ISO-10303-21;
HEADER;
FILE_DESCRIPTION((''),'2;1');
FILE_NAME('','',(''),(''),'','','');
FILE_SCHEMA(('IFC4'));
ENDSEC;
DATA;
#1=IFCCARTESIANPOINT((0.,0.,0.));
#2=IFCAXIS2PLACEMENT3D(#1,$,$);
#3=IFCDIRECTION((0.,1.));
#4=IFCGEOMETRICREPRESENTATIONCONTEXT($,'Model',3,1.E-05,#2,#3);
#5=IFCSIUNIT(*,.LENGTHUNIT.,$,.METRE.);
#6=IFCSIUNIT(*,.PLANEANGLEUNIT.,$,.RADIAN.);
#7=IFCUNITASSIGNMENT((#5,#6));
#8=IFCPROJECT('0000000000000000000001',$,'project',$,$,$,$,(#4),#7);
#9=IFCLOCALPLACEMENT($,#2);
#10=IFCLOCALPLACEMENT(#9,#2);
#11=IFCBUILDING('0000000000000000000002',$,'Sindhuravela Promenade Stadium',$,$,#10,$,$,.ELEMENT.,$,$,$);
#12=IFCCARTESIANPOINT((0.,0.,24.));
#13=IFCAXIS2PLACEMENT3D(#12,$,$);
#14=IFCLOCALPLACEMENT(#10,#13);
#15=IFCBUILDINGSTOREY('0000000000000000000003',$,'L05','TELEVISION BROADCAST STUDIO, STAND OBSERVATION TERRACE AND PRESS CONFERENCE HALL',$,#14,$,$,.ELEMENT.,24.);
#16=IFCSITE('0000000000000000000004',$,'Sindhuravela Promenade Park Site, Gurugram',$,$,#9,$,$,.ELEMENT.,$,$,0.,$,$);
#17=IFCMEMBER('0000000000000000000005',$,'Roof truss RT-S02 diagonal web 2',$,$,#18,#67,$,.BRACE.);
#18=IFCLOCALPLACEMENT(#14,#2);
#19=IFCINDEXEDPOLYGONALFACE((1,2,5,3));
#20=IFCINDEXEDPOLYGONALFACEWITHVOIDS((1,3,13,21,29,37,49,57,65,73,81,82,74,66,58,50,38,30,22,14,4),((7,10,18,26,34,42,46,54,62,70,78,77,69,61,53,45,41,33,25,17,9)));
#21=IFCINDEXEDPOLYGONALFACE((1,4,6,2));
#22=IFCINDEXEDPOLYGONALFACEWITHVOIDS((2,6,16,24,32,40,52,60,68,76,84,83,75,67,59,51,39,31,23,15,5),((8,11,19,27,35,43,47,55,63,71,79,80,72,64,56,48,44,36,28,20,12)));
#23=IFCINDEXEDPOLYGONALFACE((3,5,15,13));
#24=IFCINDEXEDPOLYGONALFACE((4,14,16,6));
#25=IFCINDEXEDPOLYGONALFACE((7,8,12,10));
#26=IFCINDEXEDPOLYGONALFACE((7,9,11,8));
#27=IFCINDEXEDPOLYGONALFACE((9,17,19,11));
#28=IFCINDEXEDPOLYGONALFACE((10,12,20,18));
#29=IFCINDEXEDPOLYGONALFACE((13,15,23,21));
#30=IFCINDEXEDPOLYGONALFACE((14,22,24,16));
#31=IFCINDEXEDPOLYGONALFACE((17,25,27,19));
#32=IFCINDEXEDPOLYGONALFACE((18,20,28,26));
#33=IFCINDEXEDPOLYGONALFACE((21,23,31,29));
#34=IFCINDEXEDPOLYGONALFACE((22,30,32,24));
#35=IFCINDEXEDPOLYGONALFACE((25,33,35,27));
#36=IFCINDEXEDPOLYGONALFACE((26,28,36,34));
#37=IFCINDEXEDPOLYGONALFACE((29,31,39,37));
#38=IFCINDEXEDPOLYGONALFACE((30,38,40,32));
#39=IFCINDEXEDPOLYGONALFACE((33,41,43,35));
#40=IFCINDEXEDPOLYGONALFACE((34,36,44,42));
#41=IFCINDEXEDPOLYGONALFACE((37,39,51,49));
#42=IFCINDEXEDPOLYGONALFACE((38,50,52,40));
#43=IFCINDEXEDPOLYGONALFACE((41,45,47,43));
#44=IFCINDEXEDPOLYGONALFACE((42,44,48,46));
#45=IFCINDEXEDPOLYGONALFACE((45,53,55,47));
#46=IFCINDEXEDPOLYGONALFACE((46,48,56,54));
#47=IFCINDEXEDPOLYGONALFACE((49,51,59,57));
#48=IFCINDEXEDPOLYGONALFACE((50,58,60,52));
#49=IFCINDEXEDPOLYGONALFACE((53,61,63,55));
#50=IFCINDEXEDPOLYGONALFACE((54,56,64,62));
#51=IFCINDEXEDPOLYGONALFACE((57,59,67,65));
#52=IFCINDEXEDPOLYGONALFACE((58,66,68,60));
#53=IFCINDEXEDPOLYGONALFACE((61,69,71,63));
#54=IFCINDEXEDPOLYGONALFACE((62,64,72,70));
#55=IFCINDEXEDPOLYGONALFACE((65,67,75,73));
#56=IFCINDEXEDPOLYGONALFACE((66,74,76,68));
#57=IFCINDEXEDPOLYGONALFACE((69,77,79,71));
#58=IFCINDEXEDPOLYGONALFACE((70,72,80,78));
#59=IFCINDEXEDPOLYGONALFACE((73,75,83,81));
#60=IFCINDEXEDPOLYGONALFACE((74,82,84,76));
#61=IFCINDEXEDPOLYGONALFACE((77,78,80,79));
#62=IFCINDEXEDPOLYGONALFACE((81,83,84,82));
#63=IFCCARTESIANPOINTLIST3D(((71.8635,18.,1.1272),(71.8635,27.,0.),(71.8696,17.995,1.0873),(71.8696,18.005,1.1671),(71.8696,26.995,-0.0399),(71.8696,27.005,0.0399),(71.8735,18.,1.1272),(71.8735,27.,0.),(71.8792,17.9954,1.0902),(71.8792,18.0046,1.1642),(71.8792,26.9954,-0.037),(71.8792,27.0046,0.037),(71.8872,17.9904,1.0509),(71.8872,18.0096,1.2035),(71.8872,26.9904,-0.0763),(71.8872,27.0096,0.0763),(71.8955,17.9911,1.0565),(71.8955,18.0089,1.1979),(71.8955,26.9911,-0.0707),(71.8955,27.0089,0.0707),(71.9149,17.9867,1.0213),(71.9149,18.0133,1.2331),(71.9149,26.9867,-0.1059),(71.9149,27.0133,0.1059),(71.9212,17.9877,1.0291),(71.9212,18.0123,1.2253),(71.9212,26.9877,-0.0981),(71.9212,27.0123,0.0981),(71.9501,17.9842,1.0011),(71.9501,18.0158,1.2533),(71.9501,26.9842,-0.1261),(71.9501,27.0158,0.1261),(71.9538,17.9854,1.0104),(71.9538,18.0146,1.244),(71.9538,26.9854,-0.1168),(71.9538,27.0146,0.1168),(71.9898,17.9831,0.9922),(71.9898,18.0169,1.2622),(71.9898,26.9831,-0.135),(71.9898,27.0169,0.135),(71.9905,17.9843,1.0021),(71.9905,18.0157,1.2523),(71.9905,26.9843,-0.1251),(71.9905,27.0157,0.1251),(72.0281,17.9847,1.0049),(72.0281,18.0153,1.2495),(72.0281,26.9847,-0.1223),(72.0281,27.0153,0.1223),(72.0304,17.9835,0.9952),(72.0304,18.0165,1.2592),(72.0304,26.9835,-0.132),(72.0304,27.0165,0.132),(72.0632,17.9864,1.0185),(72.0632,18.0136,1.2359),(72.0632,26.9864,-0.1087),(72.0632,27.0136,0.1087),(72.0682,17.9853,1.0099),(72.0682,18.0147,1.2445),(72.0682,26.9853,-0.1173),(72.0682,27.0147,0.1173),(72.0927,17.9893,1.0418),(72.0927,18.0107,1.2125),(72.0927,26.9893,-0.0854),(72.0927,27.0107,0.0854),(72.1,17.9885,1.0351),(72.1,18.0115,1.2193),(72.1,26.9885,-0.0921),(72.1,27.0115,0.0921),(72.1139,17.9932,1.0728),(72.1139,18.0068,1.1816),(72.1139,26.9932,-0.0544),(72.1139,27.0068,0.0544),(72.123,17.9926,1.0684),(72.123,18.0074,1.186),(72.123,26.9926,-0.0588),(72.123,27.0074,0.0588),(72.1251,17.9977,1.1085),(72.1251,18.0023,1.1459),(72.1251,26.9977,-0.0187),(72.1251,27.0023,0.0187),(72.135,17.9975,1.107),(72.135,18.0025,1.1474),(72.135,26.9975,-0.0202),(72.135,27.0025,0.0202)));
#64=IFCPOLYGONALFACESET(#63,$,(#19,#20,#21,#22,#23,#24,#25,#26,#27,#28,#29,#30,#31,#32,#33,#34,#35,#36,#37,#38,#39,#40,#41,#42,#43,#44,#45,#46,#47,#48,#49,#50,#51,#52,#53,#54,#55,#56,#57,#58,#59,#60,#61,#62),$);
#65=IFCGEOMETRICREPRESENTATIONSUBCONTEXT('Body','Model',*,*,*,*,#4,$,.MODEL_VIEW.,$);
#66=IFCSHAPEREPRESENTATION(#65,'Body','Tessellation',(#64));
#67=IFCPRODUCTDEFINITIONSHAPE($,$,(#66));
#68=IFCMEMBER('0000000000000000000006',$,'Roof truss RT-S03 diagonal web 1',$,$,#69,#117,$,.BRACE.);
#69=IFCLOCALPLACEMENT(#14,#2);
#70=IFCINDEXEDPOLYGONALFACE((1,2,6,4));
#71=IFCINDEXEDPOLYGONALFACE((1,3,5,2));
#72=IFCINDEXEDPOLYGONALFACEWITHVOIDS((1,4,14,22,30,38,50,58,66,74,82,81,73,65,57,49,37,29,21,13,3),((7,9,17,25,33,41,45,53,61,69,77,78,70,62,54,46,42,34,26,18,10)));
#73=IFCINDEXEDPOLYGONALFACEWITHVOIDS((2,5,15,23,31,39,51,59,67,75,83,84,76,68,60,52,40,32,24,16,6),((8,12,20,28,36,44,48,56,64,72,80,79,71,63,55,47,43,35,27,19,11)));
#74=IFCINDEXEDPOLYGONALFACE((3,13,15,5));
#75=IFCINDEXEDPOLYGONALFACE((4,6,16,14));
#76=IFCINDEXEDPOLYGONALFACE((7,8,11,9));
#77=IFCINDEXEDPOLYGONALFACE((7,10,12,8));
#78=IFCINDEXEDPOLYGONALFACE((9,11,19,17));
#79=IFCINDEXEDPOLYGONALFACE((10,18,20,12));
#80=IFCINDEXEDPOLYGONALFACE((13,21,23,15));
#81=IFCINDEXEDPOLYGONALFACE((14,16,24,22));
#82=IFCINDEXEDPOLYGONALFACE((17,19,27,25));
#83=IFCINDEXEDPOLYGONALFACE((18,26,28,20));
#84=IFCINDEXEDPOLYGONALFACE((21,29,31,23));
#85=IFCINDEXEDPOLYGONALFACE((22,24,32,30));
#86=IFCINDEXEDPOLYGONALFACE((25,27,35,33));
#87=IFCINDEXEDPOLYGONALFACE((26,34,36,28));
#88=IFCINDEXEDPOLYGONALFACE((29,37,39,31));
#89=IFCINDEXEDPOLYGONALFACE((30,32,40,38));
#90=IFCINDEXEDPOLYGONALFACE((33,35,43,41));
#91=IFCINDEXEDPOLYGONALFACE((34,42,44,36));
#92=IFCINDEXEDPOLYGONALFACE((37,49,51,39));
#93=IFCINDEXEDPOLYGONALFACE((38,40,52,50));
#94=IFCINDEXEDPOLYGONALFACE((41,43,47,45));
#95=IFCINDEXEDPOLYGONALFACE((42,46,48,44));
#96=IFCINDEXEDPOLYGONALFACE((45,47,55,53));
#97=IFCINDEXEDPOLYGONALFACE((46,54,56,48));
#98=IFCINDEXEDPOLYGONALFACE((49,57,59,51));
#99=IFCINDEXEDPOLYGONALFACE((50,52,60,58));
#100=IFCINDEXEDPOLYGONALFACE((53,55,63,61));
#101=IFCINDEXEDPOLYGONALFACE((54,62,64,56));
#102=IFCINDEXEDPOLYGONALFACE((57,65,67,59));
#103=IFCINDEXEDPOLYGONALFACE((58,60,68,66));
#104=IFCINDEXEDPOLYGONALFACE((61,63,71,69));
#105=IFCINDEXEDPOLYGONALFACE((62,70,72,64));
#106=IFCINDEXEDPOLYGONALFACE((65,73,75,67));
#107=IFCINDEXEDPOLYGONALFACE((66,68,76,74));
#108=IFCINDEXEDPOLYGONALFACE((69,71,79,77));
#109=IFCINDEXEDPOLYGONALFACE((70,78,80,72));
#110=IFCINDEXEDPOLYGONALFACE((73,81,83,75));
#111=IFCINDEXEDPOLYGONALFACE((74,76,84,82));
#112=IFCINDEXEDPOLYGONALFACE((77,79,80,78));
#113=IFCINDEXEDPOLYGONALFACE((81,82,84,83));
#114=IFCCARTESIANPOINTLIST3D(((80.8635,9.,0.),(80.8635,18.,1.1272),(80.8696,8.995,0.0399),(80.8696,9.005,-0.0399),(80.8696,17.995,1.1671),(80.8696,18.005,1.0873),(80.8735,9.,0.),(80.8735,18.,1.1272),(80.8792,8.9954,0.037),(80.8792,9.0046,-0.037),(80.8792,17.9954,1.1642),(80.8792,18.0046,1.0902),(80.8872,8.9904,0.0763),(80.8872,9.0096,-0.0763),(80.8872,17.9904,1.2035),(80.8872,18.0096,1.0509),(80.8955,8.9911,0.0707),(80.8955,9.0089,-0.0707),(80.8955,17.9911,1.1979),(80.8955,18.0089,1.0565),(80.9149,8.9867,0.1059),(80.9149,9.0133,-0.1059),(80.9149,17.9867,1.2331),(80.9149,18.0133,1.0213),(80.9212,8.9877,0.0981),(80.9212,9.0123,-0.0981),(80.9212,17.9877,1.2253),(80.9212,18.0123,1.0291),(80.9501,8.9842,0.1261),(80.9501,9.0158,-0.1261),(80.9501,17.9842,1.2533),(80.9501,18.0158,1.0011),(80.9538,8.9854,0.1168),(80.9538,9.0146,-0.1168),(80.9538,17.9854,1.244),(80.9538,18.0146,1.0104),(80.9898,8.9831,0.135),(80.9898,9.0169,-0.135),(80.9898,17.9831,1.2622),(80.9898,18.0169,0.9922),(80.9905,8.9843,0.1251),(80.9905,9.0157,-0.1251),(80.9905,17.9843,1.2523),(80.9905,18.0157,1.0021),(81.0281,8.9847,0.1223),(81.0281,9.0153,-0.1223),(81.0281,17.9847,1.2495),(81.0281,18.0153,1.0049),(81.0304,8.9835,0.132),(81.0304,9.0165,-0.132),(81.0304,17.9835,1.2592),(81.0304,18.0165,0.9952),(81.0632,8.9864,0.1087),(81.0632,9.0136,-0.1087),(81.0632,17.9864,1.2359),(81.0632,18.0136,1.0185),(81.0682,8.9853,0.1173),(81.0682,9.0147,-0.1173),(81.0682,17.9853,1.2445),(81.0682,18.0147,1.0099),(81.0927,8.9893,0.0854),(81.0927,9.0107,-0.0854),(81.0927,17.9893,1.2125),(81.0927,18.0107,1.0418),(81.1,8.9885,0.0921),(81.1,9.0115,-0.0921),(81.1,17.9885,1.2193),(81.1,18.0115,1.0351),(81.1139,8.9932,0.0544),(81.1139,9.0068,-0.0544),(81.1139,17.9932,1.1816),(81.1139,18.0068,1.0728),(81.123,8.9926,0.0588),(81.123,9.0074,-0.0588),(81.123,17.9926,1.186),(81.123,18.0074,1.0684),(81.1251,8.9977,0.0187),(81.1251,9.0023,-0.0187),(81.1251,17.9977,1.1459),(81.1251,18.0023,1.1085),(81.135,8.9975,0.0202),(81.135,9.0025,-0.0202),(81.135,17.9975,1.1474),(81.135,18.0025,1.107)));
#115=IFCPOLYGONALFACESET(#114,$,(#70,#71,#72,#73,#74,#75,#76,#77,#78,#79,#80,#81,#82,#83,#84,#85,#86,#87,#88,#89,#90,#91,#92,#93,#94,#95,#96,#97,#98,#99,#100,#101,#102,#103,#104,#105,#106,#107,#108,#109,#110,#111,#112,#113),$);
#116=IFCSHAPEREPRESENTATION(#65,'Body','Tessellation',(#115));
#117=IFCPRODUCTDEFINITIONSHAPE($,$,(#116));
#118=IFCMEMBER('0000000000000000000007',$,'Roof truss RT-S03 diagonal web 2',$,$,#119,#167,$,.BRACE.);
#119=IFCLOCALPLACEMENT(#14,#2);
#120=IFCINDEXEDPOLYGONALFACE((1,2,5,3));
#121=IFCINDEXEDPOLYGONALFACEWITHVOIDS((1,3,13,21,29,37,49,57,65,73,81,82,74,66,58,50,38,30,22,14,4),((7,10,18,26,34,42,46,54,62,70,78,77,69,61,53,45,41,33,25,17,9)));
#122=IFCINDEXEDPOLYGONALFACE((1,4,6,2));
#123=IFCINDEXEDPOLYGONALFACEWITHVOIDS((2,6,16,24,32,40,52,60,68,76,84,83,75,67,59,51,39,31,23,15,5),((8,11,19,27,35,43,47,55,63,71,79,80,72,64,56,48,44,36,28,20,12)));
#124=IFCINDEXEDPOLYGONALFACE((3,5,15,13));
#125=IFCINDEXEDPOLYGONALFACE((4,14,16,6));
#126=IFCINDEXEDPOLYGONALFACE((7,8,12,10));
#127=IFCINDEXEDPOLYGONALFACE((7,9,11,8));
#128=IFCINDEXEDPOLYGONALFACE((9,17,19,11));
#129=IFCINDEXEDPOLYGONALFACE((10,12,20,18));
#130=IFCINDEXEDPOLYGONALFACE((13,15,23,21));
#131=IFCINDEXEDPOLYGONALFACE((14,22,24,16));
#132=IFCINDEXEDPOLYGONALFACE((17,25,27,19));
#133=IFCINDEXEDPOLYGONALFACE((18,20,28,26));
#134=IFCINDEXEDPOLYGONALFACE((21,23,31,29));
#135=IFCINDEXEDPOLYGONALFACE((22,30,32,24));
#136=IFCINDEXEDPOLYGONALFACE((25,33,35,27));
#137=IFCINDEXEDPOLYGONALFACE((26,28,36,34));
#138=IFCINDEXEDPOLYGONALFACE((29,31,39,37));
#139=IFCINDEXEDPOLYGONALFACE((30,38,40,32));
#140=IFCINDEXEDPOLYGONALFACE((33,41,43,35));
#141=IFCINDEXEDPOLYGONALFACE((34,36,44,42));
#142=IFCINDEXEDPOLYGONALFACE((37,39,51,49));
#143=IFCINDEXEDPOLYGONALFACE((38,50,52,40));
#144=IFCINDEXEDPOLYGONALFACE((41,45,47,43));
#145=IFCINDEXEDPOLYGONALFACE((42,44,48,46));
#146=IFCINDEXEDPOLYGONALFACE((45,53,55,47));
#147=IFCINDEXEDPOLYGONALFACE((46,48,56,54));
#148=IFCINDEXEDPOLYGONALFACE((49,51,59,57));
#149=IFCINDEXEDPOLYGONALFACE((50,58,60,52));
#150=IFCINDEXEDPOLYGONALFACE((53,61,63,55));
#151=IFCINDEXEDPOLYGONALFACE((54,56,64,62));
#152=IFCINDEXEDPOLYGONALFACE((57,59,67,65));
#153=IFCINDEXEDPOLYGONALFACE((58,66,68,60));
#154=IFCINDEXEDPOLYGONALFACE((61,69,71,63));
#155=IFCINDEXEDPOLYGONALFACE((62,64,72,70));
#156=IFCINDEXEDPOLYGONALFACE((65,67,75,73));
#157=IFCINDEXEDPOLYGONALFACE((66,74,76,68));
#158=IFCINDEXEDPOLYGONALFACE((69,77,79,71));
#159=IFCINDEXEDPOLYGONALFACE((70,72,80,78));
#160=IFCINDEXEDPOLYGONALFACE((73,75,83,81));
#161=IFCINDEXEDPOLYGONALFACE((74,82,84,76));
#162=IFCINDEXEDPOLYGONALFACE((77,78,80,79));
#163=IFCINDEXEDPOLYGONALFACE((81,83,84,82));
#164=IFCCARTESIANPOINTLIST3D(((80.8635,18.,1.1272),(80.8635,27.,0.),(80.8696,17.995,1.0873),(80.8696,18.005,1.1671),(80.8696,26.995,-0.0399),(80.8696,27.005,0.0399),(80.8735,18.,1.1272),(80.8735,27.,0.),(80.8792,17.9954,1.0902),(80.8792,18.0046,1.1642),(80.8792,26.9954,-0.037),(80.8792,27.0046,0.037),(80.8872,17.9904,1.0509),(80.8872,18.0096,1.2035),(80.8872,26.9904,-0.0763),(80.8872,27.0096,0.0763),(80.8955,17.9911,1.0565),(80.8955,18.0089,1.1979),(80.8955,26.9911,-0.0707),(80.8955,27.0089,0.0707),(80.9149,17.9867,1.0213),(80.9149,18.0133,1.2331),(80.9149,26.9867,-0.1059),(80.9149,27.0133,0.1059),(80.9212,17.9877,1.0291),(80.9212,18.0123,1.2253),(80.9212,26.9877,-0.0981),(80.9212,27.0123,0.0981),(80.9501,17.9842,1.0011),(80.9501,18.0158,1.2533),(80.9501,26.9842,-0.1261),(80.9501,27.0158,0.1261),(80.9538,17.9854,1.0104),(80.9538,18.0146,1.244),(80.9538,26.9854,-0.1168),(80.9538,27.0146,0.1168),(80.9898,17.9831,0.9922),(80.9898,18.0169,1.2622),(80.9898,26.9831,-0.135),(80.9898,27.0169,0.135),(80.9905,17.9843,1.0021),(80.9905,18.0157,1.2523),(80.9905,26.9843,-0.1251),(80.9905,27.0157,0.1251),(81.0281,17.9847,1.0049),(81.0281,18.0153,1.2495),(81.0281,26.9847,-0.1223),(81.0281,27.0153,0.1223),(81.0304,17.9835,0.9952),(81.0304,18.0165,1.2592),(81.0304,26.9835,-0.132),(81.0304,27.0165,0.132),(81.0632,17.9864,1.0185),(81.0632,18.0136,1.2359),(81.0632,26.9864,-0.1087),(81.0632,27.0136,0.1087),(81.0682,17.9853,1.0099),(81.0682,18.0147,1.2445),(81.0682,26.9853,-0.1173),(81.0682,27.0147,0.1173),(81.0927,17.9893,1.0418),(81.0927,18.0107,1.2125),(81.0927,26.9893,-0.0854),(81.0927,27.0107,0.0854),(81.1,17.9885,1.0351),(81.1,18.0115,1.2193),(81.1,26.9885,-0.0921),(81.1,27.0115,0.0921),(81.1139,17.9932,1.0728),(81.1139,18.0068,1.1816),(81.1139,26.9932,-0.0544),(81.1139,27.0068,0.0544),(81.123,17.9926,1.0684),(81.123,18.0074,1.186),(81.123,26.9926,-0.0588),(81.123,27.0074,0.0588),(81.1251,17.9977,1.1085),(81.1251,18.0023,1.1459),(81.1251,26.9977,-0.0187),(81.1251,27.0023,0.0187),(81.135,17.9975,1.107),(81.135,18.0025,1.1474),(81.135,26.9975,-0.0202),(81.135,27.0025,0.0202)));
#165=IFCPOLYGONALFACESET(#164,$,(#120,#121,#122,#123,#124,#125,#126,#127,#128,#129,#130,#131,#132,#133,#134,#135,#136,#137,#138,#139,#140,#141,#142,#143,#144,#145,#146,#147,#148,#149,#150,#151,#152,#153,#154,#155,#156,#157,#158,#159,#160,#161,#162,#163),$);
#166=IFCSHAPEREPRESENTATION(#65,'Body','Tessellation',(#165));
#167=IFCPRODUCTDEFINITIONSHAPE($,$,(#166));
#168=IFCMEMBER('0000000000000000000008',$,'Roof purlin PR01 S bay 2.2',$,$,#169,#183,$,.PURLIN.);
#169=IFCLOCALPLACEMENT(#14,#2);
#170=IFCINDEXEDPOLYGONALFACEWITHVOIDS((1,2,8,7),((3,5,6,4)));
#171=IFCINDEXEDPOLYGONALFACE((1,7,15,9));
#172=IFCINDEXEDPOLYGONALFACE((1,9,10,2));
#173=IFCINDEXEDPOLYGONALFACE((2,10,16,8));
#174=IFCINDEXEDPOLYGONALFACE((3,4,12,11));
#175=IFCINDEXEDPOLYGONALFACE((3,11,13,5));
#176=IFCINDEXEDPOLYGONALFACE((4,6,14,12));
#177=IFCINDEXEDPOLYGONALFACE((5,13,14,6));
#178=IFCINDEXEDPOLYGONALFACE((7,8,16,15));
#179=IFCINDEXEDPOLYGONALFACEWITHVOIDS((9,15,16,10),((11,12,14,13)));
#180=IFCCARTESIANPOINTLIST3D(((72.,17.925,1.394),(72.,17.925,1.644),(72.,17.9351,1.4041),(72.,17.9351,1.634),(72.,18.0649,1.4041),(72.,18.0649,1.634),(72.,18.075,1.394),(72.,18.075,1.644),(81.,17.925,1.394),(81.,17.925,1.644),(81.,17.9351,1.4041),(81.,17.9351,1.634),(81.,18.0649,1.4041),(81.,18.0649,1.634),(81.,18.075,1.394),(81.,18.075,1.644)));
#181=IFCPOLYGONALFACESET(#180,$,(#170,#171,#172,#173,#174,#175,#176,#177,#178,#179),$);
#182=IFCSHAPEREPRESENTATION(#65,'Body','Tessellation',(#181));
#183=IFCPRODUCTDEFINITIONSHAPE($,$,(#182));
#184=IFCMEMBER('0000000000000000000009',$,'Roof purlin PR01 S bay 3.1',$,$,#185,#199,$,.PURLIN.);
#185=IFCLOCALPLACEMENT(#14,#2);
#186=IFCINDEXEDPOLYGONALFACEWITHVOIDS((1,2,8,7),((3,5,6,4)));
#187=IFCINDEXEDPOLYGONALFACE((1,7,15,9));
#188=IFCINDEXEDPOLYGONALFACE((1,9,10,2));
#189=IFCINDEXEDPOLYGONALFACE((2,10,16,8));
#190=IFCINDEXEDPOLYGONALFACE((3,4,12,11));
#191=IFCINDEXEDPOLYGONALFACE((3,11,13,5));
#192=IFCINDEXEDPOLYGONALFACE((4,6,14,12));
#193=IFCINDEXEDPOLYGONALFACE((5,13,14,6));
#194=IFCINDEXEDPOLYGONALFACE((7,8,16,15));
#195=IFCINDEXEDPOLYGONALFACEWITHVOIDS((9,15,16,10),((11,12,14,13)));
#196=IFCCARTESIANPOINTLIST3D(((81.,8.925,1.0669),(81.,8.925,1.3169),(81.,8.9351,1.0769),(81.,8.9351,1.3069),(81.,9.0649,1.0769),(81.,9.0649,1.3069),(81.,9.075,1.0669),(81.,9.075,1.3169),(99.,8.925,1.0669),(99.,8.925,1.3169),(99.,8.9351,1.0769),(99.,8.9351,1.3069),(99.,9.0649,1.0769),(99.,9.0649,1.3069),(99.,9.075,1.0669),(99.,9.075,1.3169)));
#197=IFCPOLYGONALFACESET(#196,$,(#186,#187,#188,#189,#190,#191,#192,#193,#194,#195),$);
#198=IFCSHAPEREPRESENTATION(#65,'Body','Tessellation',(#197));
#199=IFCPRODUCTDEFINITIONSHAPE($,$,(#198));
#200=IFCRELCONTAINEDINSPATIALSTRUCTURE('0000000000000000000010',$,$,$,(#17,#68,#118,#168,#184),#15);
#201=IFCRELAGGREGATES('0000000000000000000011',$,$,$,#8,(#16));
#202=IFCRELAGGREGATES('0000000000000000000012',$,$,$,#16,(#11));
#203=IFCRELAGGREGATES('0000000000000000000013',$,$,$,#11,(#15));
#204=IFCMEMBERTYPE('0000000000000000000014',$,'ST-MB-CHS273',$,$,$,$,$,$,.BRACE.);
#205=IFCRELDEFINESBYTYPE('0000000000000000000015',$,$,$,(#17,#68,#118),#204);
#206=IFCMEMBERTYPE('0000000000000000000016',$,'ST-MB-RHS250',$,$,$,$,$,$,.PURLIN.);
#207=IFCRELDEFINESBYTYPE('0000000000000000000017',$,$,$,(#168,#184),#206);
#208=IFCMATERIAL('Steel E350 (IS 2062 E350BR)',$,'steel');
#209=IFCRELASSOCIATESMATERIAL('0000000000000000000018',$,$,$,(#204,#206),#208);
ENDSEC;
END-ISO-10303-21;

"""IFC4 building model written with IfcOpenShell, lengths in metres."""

from ifc_helpers import new_model, si_unit, direction, frame, origin, origin_2d, place, context, subcontext, project, spatial, hollow_rectangle, hollow_circle, extrude, material, material_profile, profile_set, type_object, element, save


model = new_model("IFC4")

# Units and contexts
model_context = context("Model", 3, precision=1e-05, world=origin(), true_north=direction((0.0, 1.0)))
body_context = subcontext(model_context, "Body", "Model", "MODEL_VIEW")
ifc_project = project(units=[si_unit("LENGTHUNIT", "METRE"), si_unit("PLANEANGLEUNIT", "RADIAN")], contexts=[model_context])

# Site, building, storey
site_placement = place(None, origin())
site = spatial("IfcSite", under=ifc_project, at=site_placement, Name="Sindhuravela Promenade Park Site, Gurugram", CompositionType="ELEMENT", RefElevation=0.0)
building_placement = place(site_placement, origin())
building = spatial("IfcBuilding", under=site, at=building_placement, Name="Sindhuravela Promenade Stadium", CompositionType="ELEMENT")
storey_placement = place(building_placement, frame((0.0, 0.0, 24.0)))
storey = spatial("IfcBuildingStorey", under=building, at=storey_placement, Name="L05", Description="TELEVISION BROADCAST STUDIO, STAND OBSERVATION TERRACE AND PRESS CONFERENCE HALL", CompositionType="ELEMENT", Elevation=24.0)

# Shared definitions
ifc_material_1 = material(Name="Steel E350 (IS 2062 E350BR)", Category="steel")

# Members
ifc_material_profile_1 = material_profile(ifc_material_1, hollow_circle(Radius=0.1365, WallThickness=0.01, at=origin_2d()), Name="CHS 273.0x10")
ifc_profile_set_1 = profile_set([ifc_material_profile_1], Name="Steel E350 (IS 2062 E350BR)")
member_type_1 = type_object("IfcMemberType", Name="ST-MB-CHS273", PredefinedType="BRACE", material=ifc_profile_set_1)
for number, where, z_axis, x_axis, name in (
    (1, (72.0, 18.0, 1.1272), (0.0, 0.992248, -0.124273), (-1.0, 0.0, 0.0), "Roof truss RT-S02 diagonal web 2"),
    (2, (81.0, 9.0, 0.0), (0.0, 0.992248, 0.124273), (-1.0, 0.0, 0.0), "Roof truss RT-S03 diagonal web 1"),
    (3, (81.0, 18.0, 1.1272), (0.0, 0.992248, -0.124273), (-1.0, 0.0, 0.0), "Roof truss RT-S03 diagonal web 2"),
):
    element("IfcMember", number, at=place(storey_placement, frame(where, z_axis=z_axis, x_axis=x_axis)), inside=storey, type_object=member_type_1, Name=name, PredefinedType="BRACE", context=body_context, shape_type="SweptSolid", body=[
        extrude(hollow_circle(Radius=0.1365, WallThickness=0.01, at=origin_2d()), origin(), (0.0, 0.0, 1.0), 9.0703),
    ])
ifc_material_profile_2 = material_profile(ifc_material_1, hollow_rectangle(XDim=0.1499, YDim=0.25, WallThickness=0.01, at=origin_2d()), Name="RHS 250x150x10")
ifc_profile_set_2 = profile_set([ifc_material_profile_2], Name="Steel E350 (IS 2062 E350BR)")
member_type_2 = type_object("IfcMemberType", Name="ST-MB-RHS250", PredefinedType="PURLIN", material=ifc_profile_set_2)
member_1_placement = place(storey_placement, frame((72.0, 18.0, 1.519), z_axis=(1.0, 0.0, 0.0), x_axis=(0.0, 1.0, 0.0)))
element("IfcMember", 4, at=member_1_placement, inside=storey, type_object=member_type_2, Name="Roof purlin PR01 S bay 2.2", PredefinedType="PURLIN", context=body_context, shape_type="SweptSolid", body=[
    extrude(hollow_rectangle(XDim=0.1499, YDim=0.25, WallThickness=0.01, at=origin_2d()), origin(), (0.0, 0.0, 1.0), 9.0),
])
for number, where, z_axis, x_axis, name in (
    (5, (81.0, 9.0, 1.1919), (1.0, 0.0, 0.0), (0.0, 1.0, 0.0), "Roof purlin PR01 S bay 3.1"),
):
    element("IfcMember", number, at=place(storey_placement, frame(where, z_axis=z_axis, x_axis=x_axis)), inside=storey, type_object=member_type_2, Name=name, PredefinedType="PURLIN", context=body_context, shape_type="SweptSolid", body=[
        extrude(hollow_rectangle(XDim=0.1499, YDim=0.25, WallThickness=0.01, at=origin_2d()), origin(), (0.0, 0.0, 1.0), 18.0),
    ])

save(model, "model.ifc")
